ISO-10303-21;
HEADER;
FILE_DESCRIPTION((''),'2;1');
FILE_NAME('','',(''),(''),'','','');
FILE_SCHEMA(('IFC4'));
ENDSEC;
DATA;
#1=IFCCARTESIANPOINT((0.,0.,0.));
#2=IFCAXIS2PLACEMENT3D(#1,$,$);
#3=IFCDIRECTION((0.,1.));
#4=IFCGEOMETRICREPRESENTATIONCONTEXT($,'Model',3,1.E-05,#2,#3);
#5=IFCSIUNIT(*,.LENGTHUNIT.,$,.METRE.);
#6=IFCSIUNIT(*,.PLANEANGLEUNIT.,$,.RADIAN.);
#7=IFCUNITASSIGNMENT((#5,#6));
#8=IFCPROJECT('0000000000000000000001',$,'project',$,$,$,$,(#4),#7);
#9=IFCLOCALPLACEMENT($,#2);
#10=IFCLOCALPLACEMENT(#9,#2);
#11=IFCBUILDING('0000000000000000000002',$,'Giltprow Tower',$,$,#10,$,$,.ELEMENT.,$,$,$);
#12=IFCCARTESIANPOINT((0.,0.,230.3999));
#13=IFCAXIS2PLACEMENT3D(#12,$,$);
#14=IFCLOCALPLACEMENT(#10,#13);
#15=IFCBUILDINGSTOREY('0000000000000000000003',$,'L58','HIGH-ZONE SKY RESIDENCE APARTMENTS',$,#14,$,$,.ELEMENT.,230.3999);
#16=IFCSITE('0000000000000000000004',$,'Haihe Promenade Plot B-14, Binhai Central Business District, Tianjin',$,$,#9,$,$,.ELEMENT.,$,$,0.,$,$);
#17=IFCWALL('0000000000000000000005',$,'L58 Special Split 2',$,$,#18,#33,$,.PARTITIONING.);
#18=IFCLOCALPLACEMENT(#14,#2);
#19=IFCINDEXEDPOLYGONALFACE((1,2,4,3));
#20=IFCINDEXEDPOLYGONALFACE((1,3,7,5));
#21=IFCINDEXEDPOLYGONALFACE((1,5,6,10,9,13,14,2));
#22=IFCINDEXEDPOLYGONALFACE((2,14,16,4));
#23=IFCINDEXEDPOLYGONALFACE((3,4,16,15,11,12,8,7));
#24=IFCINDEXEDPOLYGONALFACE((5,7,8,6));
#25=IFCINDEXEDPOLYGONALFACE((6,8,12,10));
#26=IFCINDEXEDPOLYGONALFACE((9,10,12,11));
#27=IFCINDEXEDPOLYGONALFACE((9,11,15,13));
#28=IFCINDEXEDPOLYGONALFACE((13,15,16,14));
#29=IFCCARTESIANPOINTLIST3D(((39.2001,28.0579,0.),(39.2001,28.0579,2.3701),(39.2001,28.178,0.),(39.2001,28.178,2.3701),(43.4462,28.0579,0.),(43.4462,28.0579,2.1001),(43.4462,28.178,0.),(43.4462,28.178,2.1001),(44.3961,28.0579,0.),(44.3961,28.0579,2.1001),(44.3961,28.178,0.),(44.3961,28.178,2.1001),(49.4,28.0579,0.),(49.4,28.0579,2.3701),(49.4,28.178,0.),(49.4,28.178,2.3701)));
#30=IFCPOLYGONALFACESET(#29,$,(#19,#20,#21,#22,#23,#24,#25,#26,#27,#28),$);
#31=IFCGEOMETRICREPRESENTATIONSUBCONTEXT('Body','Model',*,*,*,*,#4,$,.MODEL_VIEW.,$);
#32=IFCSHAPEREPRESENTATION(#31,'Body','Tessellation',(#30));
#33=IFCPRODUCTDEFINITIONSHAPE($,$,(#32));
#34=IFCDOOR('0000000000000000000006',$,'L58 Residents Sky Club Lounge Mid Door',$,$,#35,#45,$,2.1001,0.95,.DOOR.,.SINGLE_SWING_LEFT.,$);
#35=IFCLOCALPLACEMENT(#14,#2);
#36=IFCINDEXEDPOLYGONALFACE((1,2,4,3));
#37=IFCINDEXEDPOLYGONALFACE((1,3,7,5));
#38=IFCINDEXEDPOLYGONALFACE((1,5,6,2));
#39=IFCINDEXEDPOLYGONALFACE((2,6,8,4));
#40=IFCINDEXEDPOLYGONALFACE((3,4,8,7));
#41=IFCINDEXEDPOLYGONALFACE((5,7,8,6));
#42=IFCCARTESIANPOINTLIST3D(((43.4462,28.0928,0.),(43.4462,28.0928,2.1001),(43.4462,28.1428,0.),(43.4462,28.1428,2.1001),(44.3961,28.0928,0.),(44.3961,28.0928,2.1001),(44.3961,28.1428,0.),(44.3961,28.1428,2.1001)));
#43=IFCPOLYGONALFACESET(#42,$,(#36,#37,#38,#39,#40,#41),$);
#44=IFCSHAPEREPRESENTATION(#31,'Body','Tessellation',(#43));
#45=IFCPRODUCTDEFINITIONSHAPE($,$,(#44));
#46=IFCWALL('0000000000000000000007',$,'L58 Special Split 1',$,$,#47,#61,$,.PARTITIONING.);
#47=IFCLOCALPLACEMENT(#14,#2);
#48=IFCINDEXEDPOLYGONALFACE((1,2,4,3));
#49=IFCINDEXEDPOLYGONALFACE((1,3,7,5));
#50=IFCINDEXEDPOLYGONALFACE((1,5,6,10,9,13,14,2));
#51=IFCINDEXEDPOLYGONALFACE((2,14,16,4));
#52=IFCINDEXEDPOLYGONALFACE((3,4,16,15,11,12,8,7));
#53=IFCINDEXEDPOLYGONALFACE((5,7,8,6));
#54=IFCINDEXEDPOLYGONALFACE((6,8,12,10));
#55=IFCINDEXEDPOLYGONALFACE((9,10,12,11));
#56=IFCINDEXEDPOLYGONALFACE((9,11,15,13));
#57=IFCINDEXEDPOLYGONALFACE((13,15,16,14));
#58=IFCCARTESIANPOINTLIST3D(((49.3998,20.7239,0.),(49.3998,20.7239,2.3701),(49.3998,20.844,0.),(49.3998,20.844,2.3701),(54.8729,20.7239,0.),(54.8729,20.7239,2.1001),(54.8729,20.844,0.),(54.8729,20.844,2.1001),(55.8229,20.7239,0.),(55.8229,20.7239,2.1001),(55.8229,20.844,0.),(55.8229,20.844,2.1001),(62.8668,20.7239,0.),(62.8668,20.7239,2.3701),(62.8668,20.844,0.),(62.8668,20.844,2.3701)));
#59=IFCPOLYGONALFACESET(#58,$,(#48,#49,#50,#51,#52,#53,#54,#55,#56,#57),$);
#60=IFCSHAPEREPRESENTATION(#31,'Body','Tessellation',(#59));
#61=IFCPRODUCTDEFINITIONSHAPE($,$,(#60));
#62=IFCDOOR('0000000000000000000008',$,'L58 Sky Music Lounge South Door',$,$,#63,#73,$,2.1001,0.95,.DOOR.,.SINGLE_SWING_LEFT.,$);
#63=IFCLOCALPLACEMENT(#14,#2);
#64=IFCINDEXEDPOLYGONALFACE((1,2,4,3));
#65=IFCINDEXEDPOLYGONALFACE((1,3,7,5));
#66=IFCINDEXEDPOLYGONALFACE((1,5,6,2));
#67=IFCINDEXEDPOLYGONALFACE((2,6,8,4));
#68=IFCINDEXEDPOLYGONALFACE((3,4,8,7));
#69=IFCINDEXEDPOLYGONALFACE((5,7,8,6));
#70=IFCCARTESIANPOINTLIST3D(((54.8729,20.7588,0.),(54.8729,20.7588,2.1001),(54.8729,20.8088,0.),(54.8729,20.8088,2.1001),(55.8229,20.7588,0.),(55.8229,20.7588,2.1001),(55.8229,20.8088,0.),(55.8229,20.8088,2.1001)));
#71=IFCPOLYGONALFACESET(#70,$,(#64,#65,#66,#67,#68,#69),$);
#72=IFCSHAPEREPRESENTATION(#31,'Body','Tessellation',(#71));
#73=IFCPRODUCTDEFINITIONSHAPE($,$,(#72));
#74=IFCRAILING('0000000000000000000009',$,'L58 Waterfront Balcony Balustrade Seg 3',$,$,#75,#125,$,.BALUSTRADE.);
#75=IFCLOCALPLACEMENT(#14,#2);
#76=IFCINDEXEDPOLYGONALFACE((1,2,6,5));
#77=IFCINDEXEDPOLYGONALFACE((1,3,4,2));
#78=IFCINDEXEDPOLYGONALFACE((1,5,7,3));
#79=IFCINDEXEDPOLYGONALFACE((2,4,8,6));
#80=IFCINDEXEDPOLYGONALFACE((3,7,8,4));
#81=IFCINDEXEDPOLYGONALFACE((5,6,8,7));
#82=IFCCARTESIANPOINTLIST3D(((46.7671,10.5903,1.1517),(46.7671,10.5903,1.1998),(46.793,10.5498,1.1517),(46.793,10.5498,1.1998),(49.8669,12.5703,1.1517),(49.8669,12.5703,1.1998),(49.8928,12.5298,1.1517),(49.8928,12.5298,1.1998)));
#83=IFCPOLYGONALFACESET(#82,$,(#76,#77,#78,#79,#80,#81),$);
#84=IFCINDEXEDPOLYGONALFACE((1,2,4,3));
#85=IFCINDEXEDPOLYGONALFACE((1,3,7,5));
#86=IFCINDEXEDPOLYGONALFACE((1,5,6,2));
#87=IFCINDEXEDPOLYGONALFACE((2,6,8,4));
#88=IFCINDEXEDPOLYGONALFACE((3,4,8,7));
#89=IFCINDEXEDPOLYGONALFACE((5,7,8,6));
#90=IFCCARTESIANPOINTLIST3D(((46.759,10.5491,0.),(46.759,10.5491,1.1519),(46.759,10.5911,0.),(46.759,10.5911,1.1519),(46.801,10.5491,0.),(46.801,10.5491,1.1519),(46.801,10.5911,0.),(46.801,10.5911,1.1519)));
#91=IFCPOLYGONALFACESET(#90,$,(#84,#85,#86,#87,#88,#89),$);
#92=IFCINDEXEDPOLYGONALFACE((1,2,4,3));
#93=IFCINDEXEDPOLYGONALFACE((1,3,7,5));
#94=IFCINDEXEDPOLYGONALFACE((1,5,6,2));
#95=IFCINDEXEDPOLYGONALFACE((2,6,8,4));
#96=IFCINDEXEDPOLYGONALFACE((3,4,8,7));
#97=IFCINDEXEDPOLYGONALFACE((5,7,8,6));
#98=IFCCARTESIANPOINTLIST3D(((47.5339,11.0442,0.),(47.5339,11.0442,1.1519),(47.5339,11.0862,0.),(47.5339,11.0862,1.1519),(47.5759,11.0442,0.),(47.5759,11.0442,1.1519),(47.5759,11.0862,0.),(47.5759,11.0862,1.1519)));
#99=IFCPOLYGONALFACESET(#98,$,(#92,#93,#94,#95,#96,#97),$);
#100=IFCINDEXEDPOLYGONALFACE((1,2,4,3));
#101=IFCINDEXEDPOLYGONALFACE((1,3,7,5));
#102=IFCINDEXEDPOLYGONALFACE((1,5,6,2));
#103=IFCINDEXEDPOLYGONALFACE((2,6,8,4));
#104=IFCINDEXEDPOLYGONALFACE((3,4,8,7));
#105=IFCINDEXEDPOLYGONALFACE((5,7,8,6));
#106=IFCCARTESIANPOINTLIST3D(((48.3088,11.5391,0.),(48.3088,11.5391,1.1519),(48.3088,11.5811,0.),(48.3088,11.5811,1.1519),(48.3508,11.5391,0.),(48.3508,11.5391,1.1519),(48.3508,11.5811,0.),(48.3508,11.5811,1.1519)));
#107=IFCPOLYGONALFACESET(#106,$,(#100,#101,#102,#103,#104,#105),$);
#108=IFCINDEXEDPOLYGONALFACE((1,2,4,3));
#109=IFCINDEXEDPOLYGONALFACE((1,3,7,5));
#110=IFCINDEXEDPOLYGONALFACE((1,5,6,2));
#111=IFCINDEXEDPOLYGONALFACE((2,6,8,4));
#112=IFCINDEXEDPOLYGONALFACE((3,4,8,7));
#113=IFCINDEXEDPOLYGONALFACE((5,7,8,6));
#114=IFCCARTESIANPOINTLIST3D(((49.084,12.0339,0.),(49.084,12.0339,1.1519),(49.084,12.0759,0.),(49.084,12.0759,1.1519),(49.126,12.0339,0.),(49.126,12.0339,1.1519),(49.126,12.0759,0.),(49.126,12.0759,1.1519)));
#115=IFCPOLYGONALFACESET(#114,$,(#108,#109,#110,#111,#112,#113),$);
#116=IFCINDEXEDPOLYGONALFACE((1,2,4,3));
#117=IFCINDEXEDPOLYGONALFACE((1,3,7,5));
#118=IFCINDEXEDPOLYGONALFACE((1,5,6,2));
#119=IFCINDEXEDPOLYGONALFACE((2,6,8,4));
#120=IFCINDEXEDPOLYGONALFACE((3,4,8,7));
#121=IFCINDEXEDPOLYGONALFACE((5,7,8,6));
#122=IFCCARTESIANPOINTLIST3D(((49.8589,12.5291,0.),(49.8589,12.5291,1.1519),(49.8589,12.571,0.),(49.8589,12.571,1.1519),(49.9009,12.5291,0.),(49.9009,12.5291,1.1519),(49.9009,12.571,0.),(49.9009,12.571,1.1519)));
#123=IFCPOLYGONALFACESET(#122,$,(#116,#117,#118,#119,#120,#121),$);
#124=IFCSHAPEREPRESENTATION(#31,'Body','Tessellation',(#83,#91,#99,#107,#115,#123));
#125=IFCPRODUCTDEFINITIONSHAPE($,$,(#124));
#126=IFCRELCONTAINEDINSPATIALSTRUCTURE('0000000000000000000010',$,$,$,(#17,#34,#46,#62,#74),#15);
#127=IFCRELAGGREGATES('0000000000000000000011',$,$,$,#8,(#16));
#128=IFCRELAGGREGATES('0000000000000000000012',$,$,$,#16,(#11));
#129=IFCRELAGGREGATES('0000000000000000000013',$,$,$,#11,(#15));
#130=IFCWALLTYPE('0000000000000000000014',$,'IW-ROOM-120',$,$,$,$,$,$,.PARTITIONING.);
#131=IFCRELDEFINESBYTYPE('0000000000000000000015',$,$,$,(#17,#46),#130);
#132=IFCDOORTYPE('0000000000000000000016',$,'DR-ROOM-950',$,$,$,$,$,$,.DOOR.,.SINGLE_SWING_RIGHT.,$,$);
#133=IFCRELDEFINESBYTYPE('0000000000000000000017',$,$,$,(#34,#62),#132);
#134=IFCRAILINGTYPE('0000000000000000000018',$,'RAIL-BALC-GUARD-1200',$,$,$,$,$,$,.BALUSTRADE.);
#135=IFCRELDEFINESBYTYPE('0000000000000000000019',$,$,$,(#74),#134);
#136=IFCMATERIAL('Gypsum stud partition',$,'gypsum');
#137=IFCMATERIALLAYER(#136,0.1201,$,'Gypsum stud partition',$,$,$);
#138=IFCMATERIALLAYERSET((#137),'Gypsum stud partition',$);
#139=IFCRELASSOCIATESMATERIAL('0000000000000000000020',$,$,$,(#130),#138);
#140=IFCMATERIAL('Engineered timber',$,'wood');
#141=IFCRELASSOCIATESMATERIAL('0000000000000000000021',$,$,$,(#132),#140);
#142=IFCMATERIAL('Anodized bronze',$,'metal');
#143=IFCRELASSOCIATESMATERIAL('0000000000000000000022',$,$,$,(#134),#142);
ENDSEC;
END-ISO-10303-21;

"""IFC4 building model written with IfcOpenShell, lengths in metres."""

from ifc_helpers import new_model, si_unit, direction, frame, frame_2d, origin, origin_2d, place, context, subcontext, project, spatial, rectangle, extrude, source, transform, mapped, material, layer, layer_set, type_object, element, fill, save


model = new_model("IFC4")

# Units and contexts
model_context = context("Model", 3, precision=1e-05, world=origin(), true_north=direction((0.0, 1.0)))
body_context = subcontext(model_context, "Body", "Model", "MODEL_VIEW")
ifc_project = project(units=[si_unit("LENGTHUNIT", "METRE"), si_unit("PLANEANGLEUNIT", "RADIAN")], contexts=[model_context])

# Site, building, storey
site_placement = place(None, origin())
site = spatial("IfcSite", under=ifc_project, at=site_placement, Name="Haihe Promenade Plot B-14, Binhai Central Business District, Tianjin", CompositionType="ELEMENT", RefElevation=0.0)
building_placement = place(site_placement, origin())
building = spatial("IfcBuilding", under=site, at=building_placement, Name="Giltprow Tower", CompositionType="ELEMENT")
storey_placement = place(building_placement, frame((0.0, 0.0, 230.3999)))
storey = spatial("IfcBuildingStorey", under=building, at=storey_placement, Name="L58", Description="HIGH-ZONE SKY RESIDENCE APARTMENTS", CompositionType="ELEMENT", Elevation=230.3999)

# Shared definitions
ifc_material_1 = material(Name="Gypsum stud partition", Category="gypsum")

# Walls, openings, doors
ifc_layer_1 = layer(ifc_material_1, 0.1201, Name="Gypsum stud partition")
ifc_layer_set_1 = layer_set([ifc_layer_1], Name="Gypsum stud partition")
wall_type_1 = type_object("IfcWallType", Name="IW-ROOM-120", PredefinedType="PARTITIONING", material=ifc_layer_set_1)
ifc_material_2 = material(Name="Engineered timber", Category="wood")
door_type_1 = type_object("IfcDoorType", Name="DR-ROOM-950", OperationType="SINGLE_SWING_RIGHT", PredefinedType="DOOR", material=ifc_material_2)
shared_shape_1 = source(origin(), body_context, "Body", "SweptSolid", [
    extrude(rectangle(XDim=0.95, YDim=2.1001, at=frame_2d((0.4751, 1.05))), frame((0.0, 0.0249, 0.0), z_axis=(0.0, -1.0, 0.0), x_axis=(1.0, 0.0, 0.0)), (0.0, 0.0, 1.0), 0.05),
])
wall_1_placement = place(storey_placement, frame((39.2, 28.1179, 0.0), z_axis=(0.0, 0.0, 1.0), x_axis=(1.0, 0.0, 0.0)))
wall_1 = element("IfcWall", 1, at=wall_1_placement, inside=storey, type_object=wall_type_1, Name="L58 Special Split 2", PredefinedType="PARTITIONING", context=body_context, shape_type="SweptSolid", body=[
    extrude(rectangle(XDim=10.2, YDim=0.1201, at=frame_2d((5.1001, 0.0))), origin(), (0.0, 0.0, 1.0), 2.3701),
])
opening_1_placement = place(wall_1_placement, frame((4.2461, 0.0, 0.0)))
opening_1 = element("IfcOpeningElement", 2, at=opening_1_placement, cuts=wall_1, PredefinedType="OPENING", context=body_context, shape_type="SweptSolid", body=[
    extrude(rectangle(XDim=0.95, YDim=2.1001, at=frame_2d((0.4751, 1.05))), frame((0.0, 0.0701, 0.0), z_axis=(0.0, -1.0, 0.0), x_axis=(1.0, 0.0, 0.0)), (0.0, 0.0, 1.0), 0.1401),
])
door_1_placement = place(opening_1_placement, origin())
door_1 = element("IfcDoor", 3, at=door_1_placement, inside=storey, type_object=door_type_1, Name="L58 Residents Sky Club Lounge Mid Door", OperationType="SINGLE_SWING_LEFT", OverallHeight=2.1001, OverallWidth=0.95, PredefinedType="DOOR", context=body_context, shape_type="MappedRepresentation", body=[
    mapped(shared_shape_1, transform((0.0, 0.0, 0.0), x_axis=(1.0, 0.0, 0.0), y_axis=(0.0, 1.0, 0.0), z_axis=(0.0, 0.0, 1.0), scale=1.0)),
])
fill(opening_1, door_1)
wall_2_placement = place(storey_placement, frame((49.3999, 20.7839, 0.0), z_axis=(0.0, 0.0, 1.0), x_axis=(1.0, 0.0, 0.0)))
wall_2 = element("IfcWall", 4, at=wall_2_placement, inside=storey, type_object=wall_type_1, Name="L58 Special Split 1", PredefinedType="PARTITIONING", context=body_context, shape_type="SweptSolid", body=[
    extrude(rectangle(XDim=13.467, YDim=0.1201, at=frame_2d((6.7334, 0.0))), origin(), (0.0, 0.0, 1.0), 2.3701),
])
opening_2_placement = place(wall_2_placement, frame((5.4729, 0.0, 0.0)))
opening_2 = element("IfcOpeningElement", 5, at=opening_2_placement, cuts=wall_2, PredefinedType="OPENING", context=body_context, shape_type="SweptSolid", body=[
    extrude(rectangle(XDim=0.95, YDim=2.1001, at=frame_2d((0.4751, 1.05))), frame((0.0, 0.0701, 0.0), z_axis=(0.0, -1.0, 0.0), x_axis=(1.0, 0.0, 0.0)), (0.0, 0.0, 1.0), 0.1401),
])
door_2_placement = place(opening_2_placement, origin())
door_2 = element("IfcDoor", 6, at=door_2_placement, inside=storey, type_object=door_type_1, Name="L58 Sky Music Lounge South Door", OperationType="SINGLE_SWING_LEFT", OverallHeight=2.1001, OverallWidth=0.95, PredefinedType="DOOR", context=body_context, shape_type="MappedRepresentation", body=[
    mapped(shared_shape_1, transform((0.0, 0.0, 0.0), x_axis=(1.0, 0.0, 0.0), y_axis=(0.0, 1.0, 0.0), z_axis=(0.0, 0.0, 1.0), scale=1.0)),
])
fill(opening_2, door_2)

# Railing
ifc_material_3 = material(Name="Anodized bronze", Category="metal")
railing_type = type_object("IfcRailingType", Name="RAIL-BALC-GUARD-1200", PredefinedType="BALUSTRADE", material=ifc_material_3)
railing_1_placement = place(storey_placement, frame((46.78, 10.5701, 0.0)))
element("IfcRailing", 7, at=railing_1_placement, inside=storey, type_object=railing_type, Name="L58 Waterfront Balcony Balustrade Seg 3", PredefinedType="BALUSTRADE", context=body_context, shape_type="SweptSolid", body=[
    extrude(rectangle(XDim=0.0481, YDim=0.0481, at=origin_2d()), frame((0.0, 0.0, 1.1758), z_axis=(0.842756, 0.538296, 0.0), x_axis=(-0.538296, 0.842756, 0.0)), (0.0, 0.0, 1.0), 3.6782),
    extrude(rectangle(XDim=0.042, YDim=0.042, at=origin_2d()), origin(), (0.0, 0.0, 1.0), 1.1519),
    extrude(rectangle(XDim=0.042, YDim=0.042, at=origin_2d()), frame((0.7749, 0.4951, 0.0)), (0.0, 0.0, 1.0), 1.1519),
    extrude(rectangle(XDim=0.042, YDim=0.042, at=origin_2d()), frame((1.5498, 0.99, 0.0)), (0.0, 0.0, 1.0), 1.1519),
    extrude(rectangle(XDim=0.042, YDim=0.042, at=origin_2d()), frame((2.325, 1.4849, 0.0)), (0.0, 0.0, 1.0), 1.1519),
    extrude(rectangle(XDim=0.042, YDim=0.042, at=origin_2d()), frame((3.0999, 1.98, 0.0)), (0.0, 0.0, 1.0), 1.1519),
])

save(model, "model.ifc")
